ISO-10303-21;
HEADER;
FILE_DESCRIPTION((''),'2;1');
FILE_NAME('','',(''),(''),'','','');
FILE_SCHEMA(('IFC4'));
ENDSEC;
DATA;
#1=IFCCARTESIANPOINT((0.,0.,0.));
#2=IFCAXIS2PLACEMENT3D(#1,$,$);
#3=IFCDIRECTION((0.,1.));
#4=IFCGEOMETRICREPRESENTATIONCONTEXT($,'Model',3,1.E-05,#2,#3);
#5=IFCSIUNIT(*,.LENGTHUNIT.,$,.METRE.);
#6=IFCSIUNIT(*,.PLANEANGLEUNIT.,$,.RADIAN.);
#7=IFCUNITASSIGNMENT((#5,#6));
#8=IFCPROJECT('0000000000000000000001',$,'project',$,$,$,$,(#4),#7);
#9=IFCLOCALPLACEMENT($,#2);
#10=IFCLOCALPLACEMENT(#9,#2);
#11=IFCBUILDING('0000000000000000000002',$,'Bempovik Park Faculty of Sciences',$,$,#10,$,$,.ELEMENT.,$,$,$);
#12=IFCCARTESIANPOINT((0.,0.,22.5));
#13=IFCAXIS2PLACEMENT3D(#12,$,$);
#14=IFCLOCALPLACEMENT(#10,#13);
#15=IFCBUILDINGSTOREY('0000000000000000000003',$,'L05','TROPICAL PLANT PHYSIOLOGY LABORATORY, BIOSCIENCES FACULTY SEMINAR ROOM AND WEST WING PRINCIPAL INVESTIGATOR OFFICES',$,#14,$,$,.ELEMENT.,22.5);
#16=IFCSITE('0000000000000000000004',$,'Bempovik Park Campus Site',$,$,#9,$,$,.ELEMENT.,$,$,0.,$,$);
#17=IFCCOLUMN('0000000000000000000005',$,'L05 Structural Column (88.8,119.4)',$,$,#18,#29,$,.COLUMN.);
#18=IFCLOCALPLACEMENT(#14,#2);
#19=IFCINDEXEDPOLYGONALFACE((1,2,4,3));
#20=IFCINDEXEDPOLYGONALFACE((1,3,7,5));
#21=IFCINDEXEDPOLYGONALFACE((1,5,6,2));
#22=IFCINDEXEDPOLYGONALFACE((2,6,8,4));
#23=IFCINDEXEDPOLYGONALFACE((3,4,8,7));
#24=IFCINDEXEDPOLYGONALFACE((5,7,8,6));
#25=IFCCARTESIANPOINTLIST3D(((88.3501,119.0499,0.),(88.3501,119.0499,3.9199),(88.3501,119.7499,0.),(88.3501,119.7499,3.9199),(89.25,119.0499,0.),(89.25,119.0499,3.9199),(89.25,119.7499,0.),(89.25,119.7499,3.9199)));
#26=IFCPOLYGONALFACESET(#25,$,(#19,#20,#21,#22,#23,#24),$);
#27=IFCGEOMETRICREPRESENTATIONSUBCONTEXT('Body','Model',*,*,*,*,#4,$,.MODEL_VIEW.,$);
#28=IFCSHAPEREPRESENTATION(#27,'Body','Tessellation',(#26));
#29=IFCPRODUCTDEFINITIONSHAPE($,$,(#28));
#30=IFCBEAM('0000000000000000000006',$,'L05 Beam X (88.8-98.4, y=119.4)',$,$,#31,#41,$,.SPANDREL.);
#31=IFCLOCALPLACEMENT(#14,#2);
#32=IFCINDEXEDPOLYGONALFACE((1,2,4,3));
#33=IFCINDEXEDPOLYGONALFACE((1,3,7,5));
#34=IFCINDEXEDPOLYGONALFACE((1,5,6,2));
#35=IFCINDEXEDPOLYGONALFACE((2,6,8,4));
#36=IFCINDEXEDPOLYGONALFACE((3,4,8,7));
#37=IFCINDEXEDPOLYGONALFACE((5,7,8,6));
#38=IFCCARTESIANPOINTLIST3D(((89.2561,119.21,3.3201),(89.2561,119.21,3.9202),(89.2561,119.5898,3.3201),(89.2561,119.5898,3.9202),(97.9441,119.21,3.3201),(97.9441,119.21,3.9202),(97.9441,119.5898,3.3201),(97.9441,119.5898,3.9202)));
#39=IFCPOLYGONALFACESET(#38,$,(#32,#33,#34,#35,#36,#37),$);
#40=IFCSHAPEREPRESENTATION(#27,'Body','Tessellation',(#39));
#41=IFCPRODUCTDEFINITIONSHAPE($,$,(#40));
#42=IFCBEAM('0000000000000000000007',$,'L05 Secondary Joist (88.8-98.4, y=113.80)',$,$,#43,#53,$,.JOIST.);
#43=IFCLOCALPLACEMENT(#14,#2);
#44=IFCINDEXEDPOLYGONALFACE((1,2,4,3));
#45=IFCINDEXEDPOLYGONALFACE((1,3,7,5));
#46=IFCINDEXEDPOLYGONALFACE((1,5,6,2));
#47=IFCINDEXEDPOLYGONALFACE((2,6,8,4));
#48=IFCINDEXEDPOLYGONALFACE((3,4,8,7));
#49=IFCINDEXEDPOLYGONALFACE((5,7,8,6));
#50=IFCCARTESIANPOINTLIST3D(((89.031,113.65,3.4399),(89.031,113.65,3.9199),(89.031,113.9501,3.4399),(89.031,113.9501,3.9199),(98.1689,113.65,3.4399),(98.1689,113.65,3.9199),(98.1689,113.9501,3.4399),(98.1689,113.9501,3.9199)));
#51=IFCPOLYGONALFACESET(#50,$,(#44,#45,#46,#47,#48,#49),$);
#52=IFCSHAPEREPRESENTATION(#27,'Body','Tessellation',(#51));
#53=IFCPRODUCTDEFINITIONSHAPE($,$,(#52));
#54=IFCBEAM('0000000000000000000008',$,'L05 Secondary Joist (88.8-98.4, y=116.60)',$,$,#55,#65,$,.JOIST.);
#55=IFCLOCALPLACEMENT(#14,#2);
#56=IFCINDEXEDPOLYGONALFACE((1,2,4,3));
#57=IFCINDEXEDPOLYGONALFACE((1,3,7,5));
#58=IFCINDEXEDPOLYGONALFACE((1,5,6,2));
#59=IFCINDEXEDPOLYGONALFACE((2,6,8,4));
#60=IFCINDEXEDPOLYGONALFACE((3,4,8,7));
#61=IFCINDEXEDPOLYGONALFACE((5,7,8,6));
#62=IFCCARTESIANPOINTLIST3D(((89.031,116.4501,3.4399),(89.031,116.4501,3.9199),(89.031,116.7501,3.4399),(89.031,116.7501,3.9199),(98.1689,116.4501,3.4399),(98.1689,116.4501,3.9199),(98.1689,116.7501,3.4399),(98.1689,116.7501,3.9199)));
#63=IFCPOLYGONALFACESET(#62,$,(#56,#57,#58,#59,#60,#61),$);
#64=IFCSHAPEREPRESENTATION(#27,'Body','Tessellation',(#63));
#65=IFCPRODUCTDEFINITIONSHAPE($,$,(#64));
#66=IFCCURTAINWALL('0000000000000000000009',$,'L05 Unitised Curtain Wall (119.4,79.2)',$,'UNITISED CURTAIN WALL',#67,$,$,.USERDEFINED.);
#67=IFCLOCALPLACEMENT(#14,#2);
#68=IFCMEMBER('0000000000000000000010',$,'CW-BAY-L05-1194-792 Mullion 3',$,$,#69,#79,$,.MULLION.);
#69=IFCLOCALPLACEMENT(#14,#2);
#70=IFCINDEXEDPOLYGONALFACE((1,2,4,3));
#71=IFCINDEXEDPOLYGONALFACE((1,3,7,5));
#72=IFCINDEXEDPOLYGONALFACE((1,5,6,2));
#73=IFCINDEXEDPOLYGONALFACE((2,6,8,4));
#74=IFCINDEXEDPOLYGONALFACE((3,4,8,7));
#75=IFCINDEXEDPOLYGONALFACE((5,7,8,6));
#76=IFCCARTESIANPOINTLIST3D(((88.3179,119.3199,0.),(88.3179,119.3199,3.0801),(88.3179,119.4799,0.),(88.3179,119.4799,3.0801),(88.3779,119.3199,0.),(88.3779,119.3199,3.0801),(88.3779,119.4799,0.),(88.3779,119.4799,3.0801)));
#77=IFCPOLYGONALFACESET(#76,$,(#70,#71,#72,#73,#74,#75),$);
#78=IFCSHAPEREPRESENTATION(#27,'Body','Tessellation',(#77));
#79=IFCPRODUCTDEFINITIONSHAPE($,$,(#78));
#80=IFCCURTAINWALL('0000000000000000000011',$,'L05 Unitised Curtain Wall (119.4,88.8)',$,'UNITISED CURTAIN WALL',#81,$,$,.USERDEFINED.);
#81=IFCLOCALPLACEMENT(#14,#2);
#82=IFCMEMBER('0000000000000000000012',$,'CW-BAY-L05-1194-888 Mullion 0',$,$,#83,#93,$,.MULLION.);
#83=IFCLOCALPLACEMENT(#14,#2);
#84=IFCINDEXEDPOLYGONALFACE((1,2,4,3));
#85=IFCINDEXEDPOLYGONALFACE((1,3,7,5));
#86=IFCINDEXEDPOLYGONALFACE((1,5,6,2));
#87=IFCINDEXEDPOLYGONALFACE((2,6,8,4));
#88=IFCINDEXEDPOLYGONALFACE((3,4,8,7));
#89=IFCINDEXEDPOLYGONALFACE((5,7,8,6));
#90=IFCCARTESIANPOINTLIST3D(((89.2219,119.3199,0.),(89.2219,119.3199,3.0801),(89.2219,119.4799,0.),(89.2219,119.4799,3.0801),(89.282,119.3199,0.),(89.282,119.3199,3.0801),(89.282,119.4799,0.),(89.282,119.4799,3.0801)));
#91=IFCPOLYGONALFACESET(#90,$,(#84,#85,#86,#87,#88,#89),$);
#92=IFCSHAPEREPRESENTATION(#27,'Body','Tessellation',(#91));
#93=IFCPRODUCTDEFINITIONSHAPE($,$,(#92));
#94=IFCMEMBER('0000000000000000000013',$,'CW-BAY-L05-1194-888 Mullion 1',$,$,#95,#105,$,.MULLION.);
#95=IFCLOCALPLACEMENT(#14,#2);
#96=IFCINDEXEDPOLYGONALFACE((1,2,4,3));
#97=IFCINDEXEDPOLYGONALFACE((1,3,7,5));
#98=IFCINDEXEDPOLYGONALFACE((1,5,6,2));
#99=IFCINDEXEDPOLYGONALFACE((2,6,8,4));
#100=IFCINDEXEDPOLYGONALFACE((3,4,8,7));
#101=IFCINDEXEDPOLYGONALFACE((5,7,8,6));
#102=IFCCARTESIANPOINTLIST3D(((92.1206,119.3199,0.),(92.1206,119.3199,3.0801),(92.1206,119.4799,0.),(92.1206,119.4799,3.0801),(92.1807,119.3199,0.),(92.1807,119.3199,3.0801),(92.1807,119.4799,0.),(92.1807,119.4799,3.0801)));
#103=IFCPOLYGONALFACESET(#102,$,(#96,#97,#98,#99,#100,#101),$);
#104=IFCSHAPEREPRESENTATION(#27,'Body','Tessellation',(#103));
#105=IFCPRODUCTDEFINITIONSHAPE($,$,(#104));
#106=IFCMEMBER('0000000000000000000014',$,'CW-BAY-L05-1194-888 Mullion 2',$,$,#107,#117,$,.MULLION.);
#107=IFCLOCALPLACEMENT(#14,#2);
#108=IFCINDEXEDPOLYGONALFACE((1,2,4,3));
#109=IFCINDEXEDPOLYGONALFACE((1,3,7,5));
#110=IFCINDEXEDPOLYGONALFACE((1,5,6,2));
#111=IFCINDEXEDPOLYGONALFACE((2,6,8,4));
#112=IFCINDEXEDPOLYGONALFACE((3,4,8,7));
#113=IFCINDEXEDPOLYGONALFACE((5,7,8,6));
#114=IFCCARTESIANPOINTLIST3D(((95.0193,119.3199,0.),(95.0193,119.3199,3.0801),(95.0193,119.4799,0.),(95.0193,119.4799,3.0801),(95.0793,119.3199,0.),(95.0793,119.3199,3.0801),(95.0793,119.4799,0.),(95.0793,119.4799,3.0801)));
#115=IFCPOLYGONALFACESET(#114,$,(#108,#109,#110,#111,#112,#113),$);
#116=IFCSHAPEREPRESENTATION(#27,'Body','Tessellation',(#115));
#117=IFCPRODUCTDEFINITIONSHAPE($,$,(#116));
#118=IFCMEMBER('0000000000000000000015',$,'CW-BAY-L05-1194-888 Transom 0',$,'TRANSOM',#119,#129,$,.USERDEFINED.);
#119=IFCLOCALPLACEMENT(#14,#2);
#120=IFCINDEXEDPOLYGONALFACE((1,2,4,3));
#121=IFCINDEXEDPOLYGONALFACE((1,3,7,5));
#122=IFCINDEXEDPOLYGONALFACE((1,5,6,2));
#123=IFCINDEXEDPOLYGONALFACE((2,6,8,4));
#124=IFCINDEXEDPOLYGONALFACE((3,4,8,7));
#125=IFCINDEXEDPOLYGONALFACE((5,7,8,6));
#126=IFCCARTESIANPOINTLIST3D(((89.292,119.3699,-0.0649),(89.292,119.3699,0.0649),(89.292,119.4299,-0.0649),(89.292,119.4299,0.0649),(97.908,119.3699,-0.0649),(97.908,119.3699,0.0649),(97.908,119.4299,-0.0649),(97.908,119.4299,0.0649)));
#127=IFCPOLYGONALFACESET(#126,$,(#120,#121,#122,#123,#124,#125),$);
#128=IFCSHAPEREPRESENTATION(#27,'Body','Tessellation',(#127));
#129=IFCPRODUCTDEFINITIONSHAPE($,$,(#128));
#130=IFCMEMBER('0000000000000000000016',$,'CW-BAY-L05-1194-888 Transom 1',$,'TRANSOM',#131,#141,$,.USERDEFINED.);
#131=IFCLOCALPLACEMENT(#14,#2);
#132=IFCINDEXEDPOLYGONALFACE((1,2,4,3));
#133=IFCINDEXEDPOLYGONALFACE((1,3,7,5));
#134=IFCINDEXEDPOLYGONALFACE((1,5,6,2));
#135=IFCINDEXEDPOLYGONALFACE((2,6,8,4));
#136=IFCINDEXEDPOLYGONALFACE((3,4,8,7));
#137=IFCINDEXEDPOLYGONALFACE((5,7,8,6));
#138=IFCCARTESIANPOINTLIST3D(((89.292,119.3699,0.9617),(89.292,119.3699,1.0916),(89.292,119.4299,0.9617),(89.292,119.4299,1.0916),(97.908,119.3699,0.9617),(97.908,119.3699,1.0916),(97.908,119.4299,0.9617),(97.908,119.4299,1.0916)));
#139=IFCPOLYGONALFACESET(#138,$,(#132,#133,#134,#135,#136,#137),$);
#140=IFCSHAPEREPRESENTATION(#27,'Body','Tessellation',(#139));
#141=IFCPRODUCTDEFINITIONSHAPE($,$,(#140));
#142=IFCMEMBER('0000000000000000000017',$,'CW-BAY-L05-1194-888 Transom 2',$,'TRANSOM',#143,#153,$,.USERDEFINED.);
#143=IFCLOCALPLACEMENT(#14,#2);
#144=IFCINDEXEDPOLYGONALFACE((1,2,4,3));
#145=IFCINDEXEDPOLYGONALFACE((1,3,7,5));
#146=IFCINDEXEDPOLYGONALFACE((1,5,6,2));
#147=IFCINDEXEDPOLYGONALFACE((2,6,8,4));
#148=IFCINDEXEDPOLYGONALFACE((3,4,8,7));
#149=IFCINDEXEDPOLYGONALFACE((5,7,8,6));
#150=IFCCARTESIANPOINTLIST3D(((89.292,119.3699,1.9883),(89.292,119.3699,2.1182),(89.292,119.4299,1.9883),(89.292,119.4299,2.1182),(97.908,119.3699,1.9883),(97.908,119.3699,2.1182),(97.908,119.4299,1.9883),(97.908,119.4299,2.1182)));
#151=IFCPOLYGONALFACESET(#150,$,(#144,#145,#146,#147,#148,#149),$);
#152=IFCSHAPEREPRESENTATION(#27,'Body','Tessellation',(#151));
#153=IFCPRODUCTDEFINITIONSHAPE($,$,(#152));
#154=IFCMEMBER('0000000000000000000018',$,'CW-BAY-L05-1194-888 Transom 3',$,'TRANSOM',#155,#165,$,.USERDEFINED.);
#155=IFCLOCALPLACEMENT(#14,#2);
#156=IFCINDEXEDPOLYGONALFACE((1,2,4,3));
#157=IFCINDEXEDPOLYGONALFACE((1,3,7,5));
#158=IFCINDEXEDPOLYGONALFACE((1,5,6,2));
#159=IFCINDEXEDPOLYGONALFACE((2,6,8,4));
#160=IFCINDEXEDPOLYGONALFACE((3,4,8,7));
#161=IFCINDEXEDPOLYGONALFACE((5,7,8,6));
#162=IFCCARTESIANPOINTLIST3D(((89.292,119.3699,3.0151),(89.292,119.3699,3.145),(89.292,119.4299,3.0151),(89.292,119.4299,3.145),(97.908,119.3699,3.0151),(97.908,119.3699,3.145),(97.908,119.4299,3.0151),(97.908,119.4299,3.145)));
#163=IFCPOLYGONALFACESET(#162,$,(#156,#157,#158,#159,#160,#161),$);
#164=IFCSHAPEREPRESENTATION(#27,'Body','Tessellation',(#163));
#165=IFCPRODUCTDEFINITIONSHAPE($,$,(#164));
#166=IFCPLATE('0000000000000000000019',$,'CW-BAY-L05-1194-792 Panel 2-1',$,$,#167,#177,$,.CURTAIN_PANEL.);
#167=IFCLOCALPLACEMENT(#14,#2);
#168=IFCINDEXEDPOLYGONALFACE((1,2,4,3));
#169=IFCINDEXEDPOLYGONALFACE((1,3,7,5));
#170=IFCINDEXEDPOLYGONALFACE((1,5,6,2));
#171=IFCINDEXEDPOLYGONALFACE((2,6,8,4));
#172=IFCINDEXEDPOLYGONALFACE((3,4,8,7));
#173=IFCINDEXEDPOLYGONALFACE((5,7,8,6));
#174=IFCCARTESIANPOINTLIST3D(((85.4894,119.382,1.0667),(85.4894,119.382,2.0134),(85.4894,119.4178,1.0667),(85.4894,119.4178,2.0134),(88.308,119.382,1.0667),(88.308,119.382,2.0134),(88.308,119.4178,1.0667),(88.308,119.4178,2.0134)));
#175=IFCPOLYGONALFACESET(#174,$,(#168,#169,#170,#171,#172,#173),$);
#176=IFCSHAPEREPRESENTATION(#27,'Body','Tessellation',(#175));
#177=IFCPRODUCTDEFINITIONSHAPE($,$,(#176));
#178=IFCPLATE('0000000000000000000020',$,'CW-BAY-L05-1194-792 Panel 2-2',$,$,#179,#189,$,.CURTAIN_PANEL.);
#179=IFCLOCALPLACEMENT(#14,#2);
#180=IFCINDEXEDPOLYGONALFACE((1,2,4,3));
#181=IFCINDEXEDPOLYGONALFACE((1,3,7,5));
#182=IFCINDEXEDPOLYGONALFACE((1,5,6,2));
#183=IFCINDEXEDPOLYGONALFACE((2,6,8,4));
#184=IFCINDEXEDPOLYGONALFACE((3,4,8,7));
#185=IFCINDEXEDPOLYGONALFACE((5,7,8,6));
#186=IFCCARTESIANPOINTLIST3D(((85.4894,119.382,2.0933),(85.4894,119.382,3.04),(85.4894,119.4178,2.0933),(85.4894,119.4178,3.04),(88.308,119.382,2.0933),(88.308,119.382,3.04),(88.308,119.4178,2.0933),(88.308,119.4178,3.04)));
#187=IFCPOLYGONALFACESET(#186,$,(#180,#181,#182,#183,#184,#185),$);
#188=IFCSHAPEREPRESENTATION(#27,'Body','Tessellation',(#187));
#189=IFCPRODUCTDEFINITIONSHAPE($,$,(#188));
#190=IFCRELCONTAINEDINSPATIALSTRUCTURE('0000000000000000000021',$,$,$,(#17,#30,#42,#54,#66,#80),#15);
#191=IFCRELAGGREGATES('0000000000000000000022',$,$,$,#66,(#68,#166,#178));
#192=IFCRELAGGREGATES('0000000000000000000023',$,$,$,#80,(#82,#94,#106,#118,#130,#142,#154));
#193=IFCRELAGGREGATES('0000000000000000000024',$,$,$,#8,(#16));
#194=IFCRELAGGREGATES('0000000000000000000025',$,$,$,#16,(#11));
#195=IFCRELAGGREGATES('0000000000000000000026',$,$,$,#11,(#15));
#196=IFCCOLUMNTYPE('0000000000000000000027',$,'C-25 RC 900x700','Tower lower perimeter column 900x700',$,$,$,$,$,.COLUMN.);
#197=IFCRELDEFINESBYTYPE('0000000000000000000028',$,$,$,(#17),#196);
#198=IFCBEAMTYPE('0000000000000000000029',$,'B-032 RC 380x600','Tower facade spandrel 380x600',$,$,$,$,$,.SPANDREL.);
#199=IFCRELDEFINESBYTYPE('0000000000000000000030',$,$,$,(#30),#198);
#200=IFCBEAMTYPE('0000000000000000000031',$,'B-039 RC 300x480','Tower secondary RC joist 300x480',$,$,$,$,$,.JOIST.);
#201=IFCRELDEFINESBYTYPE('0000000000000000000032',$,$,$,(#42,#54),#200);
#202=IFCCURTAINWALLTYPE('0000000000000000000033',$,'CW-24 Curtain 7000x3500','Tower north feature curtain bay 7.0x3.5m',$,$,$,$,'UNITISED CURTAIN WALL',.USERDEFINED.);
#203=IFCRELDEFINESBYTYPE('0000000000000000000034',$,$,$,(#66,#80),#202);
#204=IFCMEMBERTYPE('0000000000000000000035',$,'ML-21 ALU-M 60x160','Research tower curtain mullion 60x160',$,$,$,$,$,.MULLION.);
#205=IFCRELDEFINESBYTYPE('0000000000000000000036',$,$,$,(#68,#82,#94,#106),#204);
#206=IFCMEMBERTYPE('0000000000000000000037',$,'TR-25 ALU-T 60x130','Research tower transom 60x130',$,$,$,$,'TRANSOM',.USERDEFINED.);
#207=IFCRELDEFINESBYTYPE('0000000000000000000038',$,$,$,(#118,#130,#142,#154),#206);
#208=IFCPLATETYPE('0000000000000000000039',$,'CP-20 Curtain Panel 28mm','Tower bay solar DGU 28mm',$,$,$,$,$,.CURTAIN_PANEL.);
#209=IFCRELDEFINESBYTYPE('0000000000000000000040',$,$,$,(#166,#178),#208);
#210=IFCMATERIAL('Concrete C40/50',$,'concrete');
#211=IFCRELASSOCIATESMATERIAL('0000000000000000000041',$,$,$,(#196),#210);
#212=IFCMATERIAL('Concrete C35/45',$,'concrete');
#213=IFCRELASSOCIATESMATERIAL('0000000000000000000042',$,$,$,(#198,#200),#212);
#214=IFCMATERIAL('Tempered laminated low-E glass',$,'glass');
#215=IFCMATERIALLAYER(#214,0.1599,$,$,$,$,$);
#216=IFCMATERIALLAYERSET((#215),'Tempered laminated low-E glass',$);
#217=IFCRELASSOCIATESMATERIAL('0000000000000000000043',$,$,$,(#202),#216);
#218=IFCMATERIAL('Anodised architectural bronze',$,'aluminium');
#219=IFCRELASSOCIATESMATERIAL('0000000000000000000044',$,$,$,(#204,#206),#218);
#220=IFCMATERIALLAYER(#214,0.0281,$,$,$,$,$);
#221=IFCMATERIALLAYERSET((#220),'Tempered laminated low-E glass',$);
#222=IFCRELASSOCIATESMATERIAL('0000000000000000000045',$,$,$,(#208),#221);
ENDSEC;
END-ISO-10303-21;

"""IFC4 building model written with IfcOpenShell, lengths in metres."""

from ifc_helpers import new_model, si_unit, direction, frame, origin, origin_2d, place, context, subcontext, project, spatial, rectangle, extrude, material, layer, layer_set, material_profile, profile_set, type_object, element, aggregate, save


model = new_model("IFC4")

# Units and contexts
model_context = context("Model", 3, precision=1e-05, world=origin(), true_north=direction((0.0, 1.0)))
body_context = subcontext(model_context, "Body", "Model", "MODEL_VIEW")
ifc_project = project(units=[si_unit("LENGTHUNIT", "METRE"), si_unit("PLANEANGLEUNIT", "RADIAN")], contexts=[model_context])

# Site, building, storey
site_placement = place(None, origin())
site = spatial("IfcSite", under=ifc_project, at=site_placement, Name="Bempovik Park Campus Site", CompositionType="ELEMENT", RefElevation=0.0)
building_placement = place(site_placement, origin())
building = spatial("IfcBuilding", under=site, at=building_placement, Name="Bempovik Park Faculty of Sciences", CompositionType="ELEMENT")
storey_placement = place(building_placement, frame((0.0, 0.0, 22.5)))
storey = spatial("IfcBuildingStorey", under=building, at=storey_placement, Name="L05", Description="TROPICAL PLANT PHYSIOLOGY LABORATORY, BIOSCIENCES FACULTY SEMINAR ROOM AND WEST WING PRINCIPAL INVESTIGATOR OFFICES", CompositionType="ELEMENT", Elevation=22.5)

# Column
ifc_material_1 = material(Name="Concrete C40/50", Category="concrete")
ifc_material_profile_1 = material_profile(ifc_material_1, rectangle(XDim=0.8999, YDim=0.7, at=origin_2d()), Name="RC 900x700")
ifc_profile_set_1 = profile_set([ifc_material_profile_1], Name="Concrete C40/50")
column_type = type_object("IfcColumnType", Name="C-25 RC 900x700", Description="Tower lower perimeter column 900x700", PredefinedType="COLUMN", material=ifc_profile_set_1)
column_placement = place(storey_placement, frame((88.8, 119.3999, 0.0), z_axis=(0.0, 0.0, 1.0), x_axis=(1.0, 0.0, 0.0)))
element("IfcColumn", 1, at=column_placement, inside=storey, type_object=column_type, Name="L05 Structural Column (88.8,119.4)", PredefinedType="COLUMN", context=body_context, shape_type="SweptSolid", body=[
    extrude(rectangle(XDim=0.8999, YDim=0.7, at=origin_2d()), origin(), (0.0, 0.0, 1.0), 3.9199),
])

# Beams
ifc_material_2 = material(Name="Concrete C35/45", Category="concrete")
ifc_material_profile_2 = material_profile(ifc_material_2, rectangle(XDim=0.3799, YDim=0.6001, at=origin_2d()), Name="RC 380x600")
ifc_profile_set_2 = profile_set([ifc_material_profile_2], Name="Concrete C35/45")
beam_type_1 = type_object("IfcBeamType", Name="B-032 RC 380x600", Description="Tower facade spandrel 380x600", PredefinedType="SPANDREL", material=ifc_profile_set_2)
beam_placement = place(storey_placement, frame((89.2561, 119.3999, 3.6201), z_axis=(1.0, 0.0, 0.0), x_axis=(0.0, 1.0, 0.0)))
element("IfcBeam", 2, at=beam_placement, inside=storey, type_object=beam_type_1, Name="L05 Beam X (88.8-98.4, y=119.4)", PredefinedType="SPANDREL", context=body_context, shape_type="SweptSolid", body=[
    extrude(rectangle(XDim=0.3799, YDim=0.6001, at=origin_2d()), origin(), (0.0, 0.0, 1.0), 8.688),
])
ifc_material_profile_3 = material_profile(ifc_material_2, rectangle(XDim=0.3, YDim=0.48, at=origin_2d()), Name="RC 300x480")
ifc_profile_set_3 = profile_set([ifc_material_profile_3], Name="Concrete C35/45")
beam_type_2 = type_object("IfcBeamType", Name="B-039 RC 300x480", Description="Tower secondary RC joist 300x480", PredefinedType="JOIST", material=ifc_profile_set_3)
for number, where, z_axis, x_axis, name in (
    (3, (89.031, 113.8, 3.6799), (1.0, 0.0, 0.0), (0.0, 1.0, 0.0), "L05 Secondary Joist (88.8-98.4, y=113.80)"),
    (4, (89.031, 116.6001, 3.6799), (1.0, 0.0, 0.0), (0.0, 1.0, 0.0), "L05 Secondary Joist (88.8-98.4, y=116.60)"),
):
    element("IfcBeam", number, at=place(storey_placement, frame(where, z_axis=z_axis, x_axis=x_axis)), inside=storey, type_object=beam_type_2, Name=name, PredefinedType="JOIST", context=body_context, shape_type="SweptSolid", body=[
        extrude(rectangle(XDim=0.3, YDim=0.48, at=origin_2d()), origin(), (0.0, 0.0, 1.0), 9.1379),
    ])

# Curtain wall, member
ifc_material_3 = material(Name="Tempered laminated low-E glass", Category="glass")
ifc_layer_1 = layer(ifc_material_3, 0.1599)
ifc_layer_set_1 = layer_set([ifc_layer_1], Name="Tempered laminated low-E glass")
curtain_wall_type = type_object("IfcCurtainWallType", Name="CW-24 Curtain 7000x3500", Description="Tower north feature curtain bay 7.0x3.5m", ElementType="UNITISED CURTAIN WALL", PredefinedType="USERDEFINED", material=ifc_layer_set_1)
curtain_wall_1_placement = place(storey_placement, origin())
curtain_wall_1 = element("IfcCurtainWall", 5, at=curtain_wall_1_placement, inside=storey, type_object=curtain_wall_type, Name="L05 Unitised Curtain Wall (119.4,79.2)", ObjectType="UNITISED CURTAIN WALL", PredefinedType="USERDEFINED")
ifc_material_4 = material(Name="Anodised architectural bronze", Category="aluminium")
ifc_material_profile_4 = material_profile(ifc_material_4, rectangle(XDim=0.0601, YDim=0.1599, at=origin_2d()), Name="ALU-M 60x160")
ifc_profile_set_4 = profile_set([ifc_material_profile_4], Name="Anodised architectural bronze")
member_type_1 = type_object("IfcMemberType", Name="ML-21 ALU-M 60x160", Description="Research tower curtain mullion 60x160", PredefinedType="MULLION", material=ifc_profile_set_4)
member_1_placement = place(storey_placement, frame((88.3479, 119.3999, 0.0), z_axis=(0.0, 0.0, 1.0), x_axis=(1.0, 0.0, 0.0)))
member_1 = element("IfcMember", 6, at=member_1_placement, type_object=member_type_1, Name="CW-BAY-L05-1194-792 Mullion 3", PredefinedType="MULLION", context=body_context, shape_type="SweptSolid", body=[
    extrude(rectangle(XDim=0.0601, YDim=0.1599, at=origin_2d()), origin(), (0.0, 0.0, 1.0), 3.0801),
])

# Curtain wall, members
curtain_wall_2_placement = place(storey_placement, origin())
curtain_wall_2 = element("IfcCurtainWall", 7, at=curtain_wall_2_placement, inside=storey, type_object=curtain_wall_type, Name="L05 Unitised Curtain Wall (119.4,88.8)", ObjectType="UNITISED CURTAIN WALL", PredefinedType="USERDEFINED")
member_2_placement = place(storey_placement, frame((89.252, 119.3999, 0.0), z_axis=(0.0, 0.0, 1.0), x_axis=(1.0, 0.0, 0.0)))
member_2 = element("IfcMember", 8, at=member_2_placement, type_object=member_type_1, Name="CW-BAY-L05-1194-888 Mullion 0", PredefinedType="MULLION", context=body_context, shape_type="SweptSolid", body=[
    extrude(rectangle(XDim=0.0601, YDim=0.1599, at=origin_2d()), origin(), (0.0, 0.0, 1.0), 3.0801),
])
member_3_placement = place(storey_placement, frame((92.1506, 119.3999, 0.0), z_axis=(0.0, 0.0, 1.0), x_axis=(1.0, 0.0, 0.0)))
member_3 = element("IfcMember", 9, at=member_3_placement, type_object=member_type_1, Name="CW-BAY-L05-1194-888 Mullion 1", PredefinedType="MULLION", context=body_context, shape_type="SweptSolid", body=[
    extrude(rectangle(XDim=0.0601, YDim=0.1599, at=origin_2d()), origin(), (0.0, 0.0, 1.0), 3.0801),
])
member_4_placement = place(storey_placement, frame((95.0493, 119.3999, 0.0), z_axis=(0.0, 0.0, 1.0), x_axis=(1.0, 0.0, 0.0)))
member_4 = element("IfcMember", 10, at=member_4_placement, type_object=member_type_1, Name="CW-BAY-L05-1194-888 Mullion 2", PredefinedType="MULLION", context=body_context, shape_type="SweptSolid", body=[
    extrude(rectangle(XDim=0.0601, YDim=0.1599, at=origin_2d()), origin(), (0.0, 0.0, 1.0), 3.0801),
])
ifc_material_profile_5 = material_profile(ifc_material_4, rectangle(XDim=0.0601, YDim=0.1299, at=origin_2d()), Name="ALU-T 60x130")
ifc_profile_set_5 = profile_set([ifc_material_profile_5], Name="Anodised architectural bronze")
member_type_2 = type_object("IfcMemberType", Name="TR-25 ALU-T 60x130", Description="Research tower transom 60x130", ElementType="TRANSOM", PredefinedType="USERDEFINED", material=ifc_profile_set_5)
member_5_placement = place(storey_placement, frame((89.292, 119.3999, 0.0), z_axis=(1.0, 0.0, 0.0), x_axis=(0.0, 1.0, 0.0)))
member_5 = element("IfcMember", 11, at=member_5_placement, type_object=member_type_2, Name="CW-BAY-L05-1194-888 Transom 0", ObjectType="TRANSOM", PredefinedType="USERDEFINED", context=body_context, shape_type="SweptSolid", body=[
    extrude(rectangle(XDim=0.0601, YDim=0.1299, at=origin_2d()), origin(), (0.0, 0.0, 1.0), 8.616),
])
member_6_placement = place(storey_placement, frame((89.292, 119.3999, 1.0266), z_axis=(1.0, 0.0, 0.0), x_axis=(0.0, 1.0, 0.0)))
member_6 = element("IfcMember", 12, at=member_6_placement, type_object=member_type_2, Name="CW-BAY-L05-1194-888 Transom 1", ObjectType="TRANSOM", PredefinedType="USERDEFINED", context=body_context, shape_type="SweptSolid", body=[
    extrude(rectangle(XDim=0.0601, YDim=0.1299, at=origin_2d()), origin(), (0.0, 0.0, 1.0), 8.616),
])
member_7_placement = place(storey_placement, frame((89.292, 119.3999, 2.0532), z_axis=(1.0, 0.0, 0.0), x_axis=(0.0, 1.0, 0.0)))
member_7 = element("IfcMember", 13, at=member_7_placement, type_object=member_type_2, Name="CW-BAY-L05-1194-888 Transom 2", ObjectType="TRANSOM", PredefinedType="USERDEFINED", context=body_context, shape_type="SweptSolid", body=[
    extrude(rectangle(XDim=0.0601, YDim=0.1299, at=origin_2d()), origin(), (0.0, 0.0, 1.0), 8.616),
])
member_8_placement = place(storey_placement, frame((89.292, 119.3999, 3.0801), z_axis=(1.0, 0.0, 0.0), x_axis=(0.0, 1.0, 0.0)))
member_8 = element("IfcMember", 14, at=member_8_placement, type_object=member_type_2, Name="CW-BAY-L05-1194-888 Transom 3", ObjectType="TRANSOM", PredefinedType="USERDEFINED", context=body_context, shape_type="SweptSolid", body=[
    extrude(rectangle(XDim=0.0601, YDim=0.1299, at=origin_2d()), origin(), (0.0, 0.0, 1.0), 8.616),
])

# Plates
ifc_layer_2 = layer(ifc_material_3, 0.0281)
ifc_layer_set_2 = layer_set([ifc_layer_2], Name="Tempered laminated low-E glass")
plate_type_1 = type_object("IfcPlateType", Name="CP-20 Curtain Panel 28mm", Description="Tower bay solar DGU 28mm", PredefinedType="CURTAIN_PANEL", material=ifc_layer_set_2)
plate_1_placement = place(storey_placement, frame((86.8987, 119.3999, 1.0667), z_axis=(0.0, 0.0, 1.0), x_axis=(1.0, 0.0, 0.0)))
plate_1 = element("IfcPlate", 15, at=plate_1_placement, type_object=plate_type_1, Name="CW-BAY-L05-1194-792 Panel 2-1", PredefinedType="CURTAIN_PANEL", context=body_context, shape_type="SweptSolid", body=[
    extrude(rectangle(XDim=2.8186, YDim=0.0359, at=origin_2d()), origin(), (0.0, 0.0, 1.0), 0.9468),
])
plate_2_placement = place(storey_placement, frame((86.8987, 119.3999, 2.0933), z_axis=(0.0, 0.0, 1.0), x_axis=(1.0, 0.0, 0.0)))
plate_2 = element("IfcPlate", 16, at=plate_2_placement, type_object=plate_type_1, Name="CW-BAY-L05-1194-792 Panel 2-2", PredefinedType="CURTAIN_PANEL", context=body_context, shape_type="SweptSolid", body=[
    extrude(rectangle(XDim=2.8186, YDim=0.0359, at=origin_2d()), origin(), (0.0, 0.0, 1.0), 0.9468),
])
aggregate(curtain_wall_1, [member_1, plate_1, plate_2])
aggregate(curtain_wall_2, [member_2, member_3, member_4, member_5, member_6, member_7, member_8])

save(model, "model.ifc")
